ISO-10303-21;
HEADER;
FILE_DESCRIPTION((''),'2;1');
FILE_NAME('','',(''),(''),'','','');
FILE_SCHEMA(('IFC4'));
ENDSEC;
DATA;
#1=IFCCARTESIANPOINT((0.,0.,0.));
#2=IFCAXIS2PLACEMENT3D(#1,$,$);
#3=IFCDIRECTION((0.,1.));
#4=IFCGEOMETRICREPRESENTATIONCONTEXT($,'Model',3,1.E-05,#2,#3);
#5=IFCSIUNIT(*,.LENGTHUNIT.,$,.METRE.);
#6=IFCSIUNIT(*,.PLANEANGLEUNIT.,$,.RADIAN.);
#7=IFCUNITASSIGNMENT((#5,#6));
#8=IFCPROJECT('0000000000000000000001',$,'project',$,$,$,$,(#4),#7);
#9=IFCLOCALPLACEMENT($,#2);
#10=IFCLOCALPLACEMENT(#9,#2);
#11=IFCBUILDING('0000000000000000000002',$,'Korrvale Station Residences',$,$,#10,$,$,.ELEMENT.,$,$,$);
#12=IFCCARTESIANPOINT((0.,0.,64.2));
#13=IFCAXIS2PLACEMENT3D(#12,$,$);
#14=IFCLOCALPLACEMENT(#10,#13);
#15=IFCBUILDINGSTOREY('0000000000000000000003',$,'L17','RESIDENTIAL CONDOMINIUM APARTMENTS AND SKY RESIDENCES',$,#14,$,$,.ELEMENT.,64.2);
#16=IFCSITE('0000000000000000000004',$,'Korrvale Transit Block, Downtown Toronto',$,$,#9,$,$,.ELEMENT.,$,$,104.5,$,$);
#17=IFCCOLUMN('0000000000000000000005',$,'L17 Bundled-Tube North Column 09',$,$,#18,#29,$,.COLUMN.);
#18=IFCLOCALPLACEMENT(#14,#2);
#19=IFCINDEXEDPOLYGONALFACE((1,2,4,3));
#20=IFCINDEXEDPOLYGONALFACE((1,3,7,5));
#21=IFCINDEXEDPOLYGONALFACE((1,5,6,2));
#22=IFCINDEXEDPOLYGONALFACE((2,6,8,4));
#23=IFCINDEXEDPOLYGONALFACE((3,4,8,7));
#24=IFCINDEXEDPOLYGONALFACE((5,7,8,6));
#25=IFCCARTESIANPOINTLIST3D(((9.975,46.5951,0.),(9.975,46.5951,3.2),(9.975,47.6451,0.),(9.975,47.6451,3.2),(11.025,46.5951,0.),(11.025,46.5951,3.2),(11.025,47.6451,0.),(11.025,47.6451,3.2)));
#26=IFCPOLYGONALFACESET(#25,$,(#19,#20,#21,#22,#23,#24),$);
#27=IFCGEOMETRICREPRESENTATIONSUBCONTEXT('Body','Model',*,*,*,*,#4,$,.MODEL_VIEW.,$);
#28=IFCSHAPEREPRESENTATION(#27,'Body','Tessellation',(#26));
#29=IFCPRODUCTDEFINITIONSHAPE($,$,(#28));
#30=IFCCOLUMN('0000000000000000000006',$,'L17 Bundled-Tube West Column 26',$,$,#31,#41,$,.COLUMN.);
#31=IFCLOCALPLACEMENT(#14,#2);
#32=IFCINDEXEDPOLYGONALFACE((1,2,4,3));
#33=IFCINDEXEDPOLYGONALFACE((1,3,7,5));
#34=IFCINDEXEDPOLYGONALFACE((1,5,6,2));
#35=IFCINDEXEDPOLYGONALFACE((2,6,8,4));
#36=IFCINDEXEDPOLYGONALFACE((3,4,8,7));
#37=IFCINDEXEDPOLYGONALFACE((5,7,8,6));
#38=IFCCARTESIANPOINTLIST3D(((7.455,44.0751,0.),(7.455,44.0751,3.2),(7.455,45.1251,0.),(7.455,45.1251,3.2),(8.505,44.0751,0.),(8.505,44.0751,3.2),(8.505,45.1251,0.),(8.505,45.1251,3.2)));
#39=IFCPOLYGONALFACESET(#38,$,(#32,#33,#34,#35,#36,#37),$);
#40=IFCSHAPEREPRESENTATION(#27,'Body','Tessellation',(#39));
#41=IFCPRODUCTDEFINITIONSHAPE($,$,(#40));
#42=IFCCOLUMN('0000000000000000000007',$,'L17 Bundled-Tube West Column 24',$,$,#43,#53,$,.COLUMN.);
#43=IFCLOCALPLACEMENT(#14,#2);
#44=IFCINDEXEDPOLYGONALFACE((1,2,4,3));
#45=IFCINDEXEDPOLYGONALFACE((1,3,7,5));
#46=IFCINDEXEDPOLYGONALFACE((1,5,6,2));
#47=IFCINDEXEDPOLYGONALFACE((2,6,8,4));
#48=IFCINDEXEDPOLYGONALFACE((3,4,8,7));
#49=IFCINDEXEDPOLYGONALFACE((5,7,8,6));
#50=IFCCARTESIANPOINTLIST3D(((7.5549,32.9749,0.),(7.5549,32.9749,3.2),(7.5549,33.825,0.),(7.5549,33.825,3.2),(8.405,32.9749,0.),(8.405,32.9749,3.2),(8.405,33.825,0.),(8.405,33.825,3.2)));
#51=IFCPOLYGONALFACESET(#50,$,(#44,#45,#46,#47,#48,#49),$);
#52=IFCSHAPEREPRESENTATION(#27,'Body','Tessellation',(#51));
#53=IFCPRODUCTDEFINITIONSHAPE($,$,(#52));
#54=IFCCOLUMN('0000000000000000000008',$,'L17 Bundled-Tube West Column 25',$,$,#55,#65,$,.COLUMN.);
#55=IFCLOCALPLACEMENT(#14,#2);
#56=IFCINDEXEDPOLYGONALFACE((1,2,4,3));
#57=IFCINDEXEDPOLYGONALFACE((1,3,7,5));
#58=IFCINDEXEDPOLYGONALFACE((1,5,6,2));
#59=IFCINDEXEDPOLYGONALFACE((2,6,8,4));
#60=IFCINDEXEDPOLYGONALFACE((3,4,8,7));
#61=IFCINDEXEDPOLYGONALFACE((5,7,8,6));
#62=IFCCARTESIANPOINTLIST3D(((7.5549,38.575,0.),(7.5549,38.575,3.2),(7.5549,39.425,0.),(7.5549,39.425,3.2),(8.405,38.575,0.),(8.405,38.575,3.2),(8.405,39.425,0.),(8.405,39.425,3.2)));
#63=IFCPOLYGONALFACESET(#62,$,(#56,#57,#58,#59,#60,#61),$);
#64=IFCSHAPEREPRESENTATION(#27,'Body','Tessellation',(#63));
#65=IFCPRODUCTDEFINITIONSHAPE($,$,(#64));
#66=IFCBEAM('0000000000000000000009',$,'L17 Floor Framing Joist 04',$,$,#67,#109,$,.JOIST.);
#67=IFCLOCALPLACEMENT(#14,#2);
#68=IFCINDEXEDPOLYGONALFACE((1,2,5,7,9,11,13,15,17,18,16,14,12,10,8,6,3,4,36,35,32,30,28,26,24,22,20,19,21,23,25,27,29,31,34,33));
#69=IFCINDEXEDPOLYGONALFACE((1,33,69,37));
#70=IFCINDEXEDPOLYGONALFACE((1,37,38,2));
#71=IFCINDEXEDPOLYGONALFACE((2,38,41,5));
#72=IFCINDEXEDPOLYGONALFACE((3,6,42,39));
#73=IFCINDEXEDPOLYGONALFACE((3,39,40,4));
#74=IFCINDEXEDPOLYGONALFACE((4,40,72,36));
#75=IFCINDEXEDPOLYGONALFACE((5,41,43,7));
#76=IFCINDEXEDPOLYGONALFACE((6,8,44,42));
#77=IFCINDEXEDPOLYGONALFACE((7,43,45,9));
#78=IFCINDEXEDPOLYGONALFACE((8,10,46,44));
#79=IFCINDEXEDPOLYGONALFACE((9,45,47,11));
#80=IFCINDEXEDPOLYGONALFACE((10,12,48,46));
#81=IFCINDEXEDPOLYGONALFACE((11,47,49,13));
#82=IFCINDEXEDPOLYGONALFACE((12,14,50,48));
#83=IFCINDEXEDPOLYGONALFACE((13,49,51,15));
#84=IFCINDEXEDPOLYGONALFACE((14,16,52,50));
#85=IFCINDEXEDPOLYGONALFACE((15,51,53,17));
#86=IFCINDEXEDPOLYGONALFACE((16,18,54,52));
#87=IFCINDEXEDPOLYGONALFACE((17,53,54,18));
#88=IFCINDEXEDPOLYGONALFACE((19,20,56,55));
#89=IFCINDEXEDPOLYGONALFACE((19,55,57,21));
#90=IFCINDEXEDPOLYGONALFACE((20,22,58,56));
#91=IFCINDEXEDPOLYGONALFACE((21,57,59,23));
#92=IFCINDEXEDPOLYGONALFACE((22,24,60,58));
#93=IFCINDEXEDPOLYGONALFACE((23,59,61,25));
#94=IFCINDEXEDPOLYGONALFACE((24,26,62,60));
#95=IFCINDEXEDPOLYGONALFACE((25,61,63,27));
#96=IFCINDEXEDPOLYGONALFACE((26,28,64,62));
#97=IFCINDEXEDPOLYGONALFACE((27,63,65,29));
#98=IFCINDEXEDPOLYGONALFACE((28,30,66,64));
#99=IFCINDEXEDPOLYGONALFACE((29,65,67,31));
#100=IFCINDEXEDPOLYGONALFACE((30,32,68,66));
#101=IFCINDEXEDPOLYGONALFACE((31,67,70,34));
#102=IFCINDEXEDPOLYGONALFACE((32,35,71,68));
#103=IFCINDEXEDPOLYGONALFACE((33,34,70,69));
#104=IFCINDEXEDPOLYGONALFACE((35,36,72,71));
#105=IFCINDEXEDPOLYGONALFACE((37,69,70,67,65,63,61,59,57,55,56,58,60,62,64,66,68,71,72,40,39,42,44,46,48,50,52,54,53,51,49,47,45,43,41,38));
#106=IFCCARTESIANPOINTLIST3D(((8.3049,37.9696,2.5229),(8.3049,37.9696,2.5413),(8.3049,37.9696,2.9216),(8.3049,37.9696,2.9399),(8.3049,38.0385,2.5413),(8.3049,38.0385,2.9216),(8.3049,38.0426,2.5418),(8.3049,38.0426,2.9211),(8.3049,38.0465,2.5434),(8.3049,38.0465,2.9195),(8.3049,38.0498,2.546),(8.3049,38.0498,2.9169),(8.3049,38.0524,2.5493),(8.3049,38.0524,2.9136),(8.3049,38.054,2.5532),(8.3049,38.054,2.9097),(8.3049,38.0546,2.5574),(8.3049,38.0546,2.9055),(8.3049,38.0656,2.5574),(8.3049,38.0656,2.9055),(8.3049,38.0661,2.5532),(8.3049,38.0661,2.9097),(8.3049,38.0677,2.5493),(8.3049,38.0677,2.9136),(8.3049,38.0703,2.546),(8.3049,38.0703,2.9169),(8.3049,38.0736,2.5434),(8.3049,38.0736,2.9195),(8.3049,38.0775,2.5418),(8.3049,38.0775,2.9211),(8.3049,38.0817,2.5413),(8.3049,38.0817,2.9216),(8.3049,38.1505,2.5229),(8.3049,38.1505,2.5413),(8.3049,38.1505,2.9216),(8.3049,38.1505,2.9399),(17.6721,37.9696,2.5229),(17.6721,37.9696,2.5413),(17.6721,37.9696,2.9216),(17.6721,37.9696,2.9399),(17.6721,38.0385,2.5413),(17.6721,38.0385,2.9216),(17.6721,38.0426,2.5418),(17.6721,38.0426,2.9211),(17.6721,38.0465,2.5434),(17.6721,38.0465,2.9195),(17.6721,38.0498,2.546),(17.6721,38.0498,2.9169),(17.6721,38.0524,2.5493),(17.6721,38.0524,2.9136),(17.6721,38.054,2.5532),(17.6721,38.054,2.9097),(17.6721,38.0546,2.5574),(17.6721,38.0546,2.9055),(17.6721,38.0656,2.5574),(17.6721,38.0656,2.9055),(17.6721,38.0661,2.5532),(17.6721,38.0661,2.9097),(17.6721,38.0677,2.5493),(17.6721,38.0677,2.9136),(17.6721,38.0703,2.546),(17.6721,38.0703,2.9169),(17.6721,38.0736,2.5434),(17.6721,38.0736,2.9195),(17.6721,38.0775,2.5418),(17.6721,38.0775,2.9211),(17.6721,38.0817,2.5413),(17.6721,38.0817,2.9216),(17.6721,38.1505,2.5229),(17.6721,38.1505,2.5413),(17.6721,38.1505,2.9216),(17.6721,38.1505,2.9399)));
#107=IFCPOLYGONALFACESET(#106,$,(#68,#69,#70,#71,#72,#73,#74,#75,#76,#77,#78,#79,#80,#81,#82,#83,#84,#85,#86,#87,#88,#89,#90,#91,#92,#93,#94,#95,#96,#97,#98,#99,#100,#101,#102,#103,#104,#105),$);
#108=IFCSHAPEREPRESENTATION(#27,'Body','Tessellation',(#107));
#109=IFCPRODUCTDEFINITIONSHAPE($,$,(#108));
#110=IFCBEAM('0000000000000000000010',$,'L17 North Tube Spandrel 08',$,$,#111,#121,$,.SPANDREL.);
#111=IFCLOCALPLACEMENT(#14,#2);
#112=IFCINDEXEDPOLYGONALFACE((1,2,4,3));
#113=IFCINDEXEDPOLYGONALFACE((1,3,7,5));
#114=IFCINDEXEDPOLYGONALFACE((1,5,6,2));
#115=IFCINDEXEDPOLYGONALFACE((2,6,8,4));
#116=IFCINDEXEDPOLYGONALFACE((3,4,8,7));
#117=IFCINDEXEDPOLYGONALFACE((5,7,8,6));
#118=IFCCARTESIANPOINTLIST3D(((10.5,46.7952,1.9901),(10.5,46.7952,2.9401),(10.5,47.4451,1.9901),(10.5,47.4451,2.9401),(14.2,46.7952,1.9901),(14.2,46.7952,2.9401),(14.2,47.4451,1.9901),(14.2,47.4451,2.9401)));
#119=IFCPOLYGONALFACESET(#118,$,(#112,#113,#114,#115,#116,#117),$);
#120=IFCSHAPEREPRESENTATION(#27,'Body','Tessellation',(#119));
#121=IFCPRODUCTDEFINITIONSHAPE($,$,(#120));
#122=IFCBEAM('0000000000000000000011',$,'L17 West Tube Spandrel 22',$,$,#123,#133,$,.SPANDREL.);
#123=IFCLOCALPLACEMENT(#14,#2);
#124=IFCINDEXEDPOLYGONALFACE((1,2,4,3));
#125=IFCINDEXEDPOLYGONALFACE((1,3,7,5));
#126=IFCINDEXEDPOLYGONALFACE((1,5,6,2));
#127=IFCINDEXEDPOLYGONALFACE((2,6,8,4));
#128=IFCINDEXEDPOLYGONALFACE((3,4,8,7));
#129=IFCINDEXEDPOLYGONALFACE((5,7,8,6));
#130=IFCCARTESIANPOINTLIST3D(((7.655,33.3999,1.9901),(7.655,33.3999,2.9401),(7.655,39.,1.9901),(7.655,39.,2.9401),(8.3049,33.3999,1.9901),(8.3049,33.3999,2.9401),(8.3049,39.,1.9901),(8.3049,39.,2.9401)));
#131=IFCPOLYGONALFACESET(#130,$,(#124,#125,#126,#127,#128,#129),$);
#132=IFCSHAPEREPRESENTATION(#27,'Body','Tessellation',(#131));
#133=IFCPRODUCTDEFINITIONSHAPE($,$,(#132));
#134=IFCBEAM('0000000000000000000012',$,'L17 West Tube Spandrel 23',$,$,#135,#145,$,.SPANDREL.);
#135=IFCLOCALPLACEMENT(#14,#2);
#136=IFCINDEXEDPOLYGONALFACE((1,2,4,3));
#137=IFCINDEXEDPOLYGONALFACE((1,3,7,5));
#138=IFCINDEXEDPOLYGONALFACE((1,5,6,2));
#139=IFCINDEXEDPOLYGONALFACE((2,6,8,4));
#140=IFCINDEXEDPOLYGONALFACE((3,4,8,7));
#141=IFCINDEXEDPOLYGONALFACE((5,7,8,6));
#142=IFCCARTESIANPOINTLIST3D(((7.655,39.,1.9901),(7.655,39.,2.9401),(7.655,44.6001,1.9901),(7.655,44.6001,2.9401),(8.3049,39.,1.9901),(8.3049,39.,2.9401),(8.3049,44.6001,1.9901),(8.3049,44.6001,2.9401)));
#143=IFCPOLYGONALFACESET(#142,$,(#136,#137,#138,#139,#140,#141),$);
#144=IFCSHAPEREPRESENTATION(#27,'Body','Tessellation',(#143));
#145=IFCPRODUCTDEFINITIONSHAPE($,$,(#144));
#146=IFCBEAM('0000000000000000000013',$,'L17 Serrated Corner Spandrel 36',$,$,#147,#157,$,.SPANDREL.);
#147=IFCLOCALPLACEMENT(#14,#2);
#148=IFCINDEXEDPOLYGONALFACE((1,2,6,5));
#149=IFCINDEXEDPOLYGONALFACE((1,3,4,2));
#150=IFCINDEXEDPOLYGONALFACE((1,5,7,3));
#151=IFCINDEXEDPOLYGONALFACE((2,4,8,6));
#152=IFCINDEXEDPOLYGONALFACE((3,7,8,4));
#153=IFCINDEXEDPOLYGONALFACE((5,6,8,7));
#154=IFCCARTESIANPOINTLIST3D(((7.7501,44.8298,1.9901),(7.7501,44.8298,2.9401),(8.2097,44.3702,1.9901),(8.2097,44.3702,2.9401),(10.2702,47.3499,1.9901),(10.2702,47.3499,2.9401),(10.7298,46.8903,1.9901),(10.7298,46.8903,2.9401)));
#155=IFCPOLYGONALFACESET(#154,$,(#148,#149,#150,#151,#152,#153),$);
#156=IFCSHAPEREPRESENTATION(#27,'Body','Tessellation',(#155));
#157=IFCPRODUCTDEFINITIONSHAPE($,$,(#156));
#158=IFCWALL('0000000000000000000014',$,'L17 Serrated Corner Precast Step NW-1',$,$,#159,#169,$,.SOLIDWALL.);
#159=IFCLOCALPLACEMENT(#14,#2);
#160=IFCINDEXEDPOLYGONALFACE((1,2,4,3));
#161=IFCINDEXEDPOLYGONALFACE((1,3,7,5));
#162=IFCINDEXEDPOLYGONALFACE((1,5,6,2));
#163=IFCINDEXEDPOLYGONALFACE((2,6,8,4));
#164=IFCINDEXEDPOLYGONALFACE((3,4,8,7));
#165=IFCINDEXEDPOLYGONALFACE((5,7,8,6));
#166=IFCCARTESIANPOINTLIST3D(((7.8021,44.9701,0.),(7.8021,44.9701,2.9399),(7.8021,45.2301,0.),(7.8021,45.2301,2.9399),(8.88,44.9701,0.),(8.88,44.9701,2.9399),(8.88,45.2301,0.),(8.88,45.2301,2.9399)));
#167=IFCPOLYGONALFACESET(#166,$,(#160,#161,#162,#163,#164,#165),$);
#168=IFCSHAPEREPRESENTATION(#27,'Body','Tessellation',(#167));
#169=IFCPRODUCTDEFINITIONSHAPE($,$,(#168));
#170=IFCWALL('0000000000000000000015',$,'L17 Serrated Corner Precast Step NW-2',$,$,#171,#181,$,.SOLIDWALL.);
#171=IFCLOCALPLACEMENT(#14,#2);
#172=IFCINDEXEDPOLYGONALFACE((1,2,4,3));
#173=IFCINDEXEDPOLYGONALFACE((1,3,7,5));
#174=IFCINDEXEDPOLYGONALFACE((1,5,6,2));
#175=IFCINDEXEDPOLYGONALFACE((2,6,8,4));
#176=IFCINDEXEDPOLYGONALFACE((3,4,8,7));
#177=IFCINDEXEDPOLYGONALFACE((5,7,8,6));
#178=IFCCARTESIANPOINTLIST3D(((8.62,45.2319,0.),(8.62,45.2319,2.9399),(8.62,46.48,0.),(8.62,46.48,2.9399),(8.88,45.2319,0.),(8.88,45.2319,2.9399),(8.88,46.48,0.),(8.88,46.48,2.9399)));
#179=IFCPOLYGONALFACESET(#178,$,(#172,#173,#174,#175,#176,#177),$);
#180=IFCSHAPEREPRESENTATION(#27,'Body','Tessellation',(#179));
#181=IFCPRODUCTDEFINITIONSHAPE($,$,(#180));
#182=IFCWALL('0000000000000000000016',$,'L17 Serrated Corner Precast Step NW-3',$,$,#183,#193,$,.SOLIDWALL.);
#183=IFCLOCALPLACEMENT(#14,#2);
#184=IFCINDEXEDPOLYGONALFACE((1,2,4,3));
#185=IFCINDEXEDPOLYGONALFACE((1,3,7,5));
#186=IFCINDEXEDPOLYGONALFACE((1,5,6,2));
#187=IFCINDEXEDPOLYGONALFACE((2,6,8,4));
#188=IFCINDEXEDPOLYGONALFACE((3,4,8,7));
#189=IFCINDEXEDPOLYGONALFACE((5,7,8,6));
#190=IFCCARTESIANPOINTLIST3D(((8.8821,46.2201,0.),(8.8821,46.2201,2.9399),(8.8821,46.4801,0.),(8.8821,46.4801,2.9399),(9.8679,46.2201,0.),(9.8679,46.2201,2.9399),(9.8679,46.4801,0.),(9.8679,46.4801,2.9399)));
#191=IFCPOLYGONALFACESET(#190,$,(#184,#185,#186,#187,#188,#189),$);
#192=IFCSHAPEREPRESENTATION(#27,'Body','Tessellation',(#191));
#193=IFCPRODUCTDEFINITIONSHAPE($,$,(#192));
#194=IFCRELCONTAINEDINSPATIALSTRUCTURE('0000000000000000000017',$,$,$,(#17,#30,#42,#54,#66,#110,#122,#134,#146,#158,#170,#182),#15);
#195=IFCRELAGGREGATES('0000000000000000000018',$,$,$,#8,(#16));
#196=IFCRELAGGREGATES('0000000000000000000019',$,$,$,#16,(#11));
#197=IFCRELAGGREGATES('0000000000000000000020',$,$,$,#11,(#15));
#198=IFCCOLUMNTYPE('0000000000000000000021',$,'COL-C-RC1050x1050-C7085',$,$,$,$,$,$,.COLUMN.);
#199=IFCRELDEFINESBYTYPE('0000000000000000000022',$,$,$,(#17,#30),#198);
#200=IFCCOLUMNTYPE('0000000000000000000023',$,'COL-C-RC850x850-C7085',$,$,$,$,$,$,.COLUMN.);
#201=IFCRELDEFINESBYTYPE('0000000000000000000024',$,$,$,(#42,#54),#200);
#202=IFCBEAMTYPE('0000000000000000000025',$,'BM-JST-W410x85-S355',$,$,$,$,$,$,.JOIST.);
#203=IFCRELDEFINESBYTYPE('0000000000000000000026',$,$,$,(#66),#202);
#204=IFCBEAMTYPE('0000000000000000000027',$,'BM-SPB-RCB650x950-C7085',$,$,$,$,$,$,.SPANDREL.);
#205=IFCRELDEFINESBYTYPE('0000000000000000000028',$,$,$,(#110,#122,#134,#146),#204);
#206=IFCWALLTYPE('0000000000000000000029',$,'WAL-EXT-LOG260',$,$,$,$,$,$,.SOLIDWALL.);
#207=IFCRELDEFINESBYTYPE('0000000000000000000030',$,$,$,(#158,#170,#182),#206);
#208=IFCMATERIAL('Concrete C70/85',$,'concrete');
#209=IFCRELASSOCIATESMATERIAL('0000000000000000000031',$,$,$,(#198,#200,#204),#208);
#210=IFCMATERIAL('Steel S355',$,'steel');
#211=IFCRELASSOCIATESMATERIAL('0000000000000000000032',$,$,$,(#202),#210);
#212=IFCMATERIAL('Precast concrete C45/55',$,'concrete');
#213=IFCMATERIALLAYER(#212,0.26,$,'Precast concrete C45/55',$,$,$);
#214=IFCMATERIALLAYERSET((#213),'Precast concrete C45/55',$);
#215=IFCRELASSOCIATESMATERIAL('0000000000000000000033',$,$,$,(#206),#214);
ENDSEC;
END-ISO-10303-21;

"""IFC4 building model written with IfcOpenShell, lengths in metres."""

from ifc_helpers import new_model, si_unit, direction, frame, frame_2d, origin, origin_2d, place, context, subcontext, project, spatial, rectangle, i_section, extrude, material, layer, layer_set, material_profile, profile_set, type_object, element, save


model = new_model("IFC4")

# Units and contexts
model_context = context("Model", 3, precision=1e-05, world=origin(), true_north=direction((0.0, 1.0)))
body_context = subcontext(model_context, "Body", "Model", "MODEL_VIEW")
ifc_project = project(units=[si_unit("LENGTHUNIT", "METRE"), si_unit("PLANEANGLEUNIT", "RADIAN")], contexts=[model_context])

# Site, building, storey
site_placement = place(None, origin())
site = spatial("IfcSite", under=ifc_project, at=site_placement, Name="Korrvale Transit Block, Downtown Toronto", CompositionType="ELEMENT", RefElevation=104.5)
building_placement = place(site_placement, origin())
building = spatial("IfcBuilding", under=site, at=building_placement, Name="Korrvale Station Residences", CompositionType="ELEMENT")
storey_placement = place(building_placement, frame((0.0, 0.0, 64.2)))
storey = spatial("IfcBuildingStorey", under=building, at=storey_placement, Name="L17", Description="RESIDENTIAL CONDOMINIUM APARTMENTS AND SKY RESIDENCES", CompositionType="ELEMENT", Elevation=64.2)

# Columns
ifc_material_1 = material(Name="Concrete C70/85", Category="concrete")
ifc_material_profile_1 = material_profile(ifc_material_1, rectangle(XDim=1.05, YDim=1.05, at=origin_2d()), Name="RC1050x1050")
ifc_profile_set_1 = profile_set([ifc_material_profile_1], Name="Concrete C70/85")
column_type_1 = type_object("IfcColumnType", Name="COL-C-RC1050x1050-C7085", PredefinedType="COLUMN", material=ifc_profile_set_1)
for number, where, z_axis, x_axis, name in (
    (1, (10.5, 47.1201, 0.0), (0.0, 0.0, 1.0), (1.0, 0.0, 0.0), "L17 Bundled-Tube North Column 09"),
    (2, (7.98, 44.6001, 0.0), (0.0, 0.0, 1.0), (1.0, 0.0, 0.0), "L17 Bundled-Tube West Column 26"),
):
    element("IfcColumn", number, at=place(storey_placement, frame(where, z_axis=z_axis, x_axis=x_axis)), inside=storey, type_object=column_type_1, Name=name, PredefinedType="COLUMN", context=body_context, shape_type="SweptSolid", body=[
        extrude(rectangle(XDim=1.05, YDim=1.05, at=origin_2d()), origin(), (0.0, 0.0, 1.0), 3.2),
    ])
ifc_material_profile_2 = material_profile(ifc_material_1, rectangle(XDim=0.8501, YDim=0.8501, at=origin_2d()), Name="RC850x850")
ifc_profile_set_2 = profile_set([ifc_material_profile_2], Name="Concrete C70/85")
column_type_2 = type_object("IfcColumnType", Name="COL-C-RC850x850-C7085", PredefinedType="COLUMN", material=ifc_profile_set_2)
for number, where, z_axis, x_axis, name in (
    (3, (7.98, 33.3999, 0.0), (0.0, 0.0, 1.0), (1.0, 0.0, 0.0), "L17 Bundled-Tube West Column 24"),
    (4, (7.98, 39.0, 0.0), (0.0, 0.0, 1.0), (1.0, 0.0, 0.0), "L17 Bundled-Tube West Column 25"),
):
    element("IfcColumn", number, at=place(storey_placement, frame(where, z_axis=z_axis, x_axis=x_axis)), inside=storey, type_object=column_type_2, Name=name, PredefinedType="COLUMN", context=body_context, shape_type="SweptSolid", body=[
        extrude(rectangle(XDim=0.8501, YDim=0.8501, at=origin_2d()), origin(), (0.0, 0.0, 1.0), 3.2),
    ])

# Beams
ifc_material_2 = material(Name="Steel S355", Category="steel")
ifc_material_profile_3 = material_profile(ifc_material_2, i_section(OverallWidth=0.1809, OverallDepth=0.417, WebThickness=0.011, FlangeThickness=0.0183, FilletRadius=0.0161, at=origin_2d()), Name="W410x85")
ifc_profile_set_3 = profile_set([ifc_material_profile_3], Name="Steel S355")
beam_type_1 = type_object("IfcBeamType", Name="BM-JST-W410x85-S355", PredefinedType="JOIST", material=ifc_profile_set_3)
beam_1_placement = place(storey_placement, frame((8.3049, 38.0601, 2.7314), z_axis=(1.0, 0.0, 0.0), x_axis=(0.0, 1.0, 0.0)))
element("IfcBeam", 5, at=beam_1_placement, inside=storey, type_object=beam_type_1, Name="L17 Floor Framing Joist 04", PredefinedType="JOIST", context=body_context, shape_type="SweptSolid", body=[
    extrude(i_section(OverallWidth=0.1809, OverallDepth=0.417, WebThickness=0.011, FlangeThickness=0.0183, FilletRadius=0.0161, at=origin_2d()), origin(), (0.0, 0.0, 1.0), 9.3672),
])
ifc_material_profile_4 = material_profile(ifc_material_1, rectangle(XDim=0.6499, YDim=0.95, at=origin_2d()), Name="RCB650x950")
ifc_profile_set_4 = profile_set([ifc_material_profile_4], Name="Concrete C70/85")
beam_type_2 = type_object("IfcBeamType", Name="BM-SPB-RCB650x950-C7085", PredefinedType="SPANDREL", material=ifc_profile_set_4)
beam_2_placement = place(storey_placement, frame((10.5, 47.1201, 2.4651), z_axis=(1.0, 0.0, 0.0), x_axis=(0.0, 1.0, 0.0)))
element("IfcBeam", 6, at=beam_2_placement, inside=storey, type_object=beam_type_2, Name="L17 North Tube Spandrel 08", PredefinedType="SPANDREL", context=body_context, shape_type="SweptSolid", body=[
    extrude(rectangle(XDim=0.6499, YDim=0.95, at=origin_2d()), origin(), (0.0, 0.0, 1.0), 3.7),
])
for number, where, z_axis, x_axis, name in (
    (7, (7.98, 33.3999, 2.4651), (0.0, 1.0, 0.0), (-1.0, 0.0, 0.0), "L17 West Tube Spandrel 22"),
    (8, (7.98, 39.0, 2.4651), (0.0, 1.0, 0.0), (-1.0, 0.0, 0.0), "L17 West Tube Spandrel 23"),
):
    element("IfcBeam", number, at=place(storey_placement, frame(where, z_axis=z_axis, x_axis=x_axis)), inside=storey, type_object=beam_type_2, Name=name, PredefinedType="SPANDREL", context=body_context, shape_type="SweptSolid", body=[
        extrude(rectangle(XDim=0.6499, YDim=0.95, at=origin_2d()), origin(), (0.0, 0.0, 1.0), 5.6001),
    ])
beam_3_placement = place(storey_placement, frame((10.5, 47.1201, 2.4651), z_axis=(-0.707107, -0.707107, 0.0), x_axis=(0.707107, -0.707107, 0.0)))
element("IfcBeam", 9, at=beam_3_placement, inside=storey, type_object=beam_type_2, Name="L17 Serrated Corner Spandrel 36", PredefinedType="SPANDREL", context=body_context, shape_type="SweptSolid", body=[
    extrude(rectangle(XDim=0.6499, YDim=0.95, at=origin_2d()), origin(), (0.0, 0.0, 1.0), 3.564),
])

# Walls
ifc_material_3 = material(Name="Precast concrete C45/55", Category="concrete")
ifc_layer_1 = layer(ifc_material_3, 0.26, Name="Precast concrete C45/55")
ifc_layer_set_1 = layer_set([ifc_layer_1], Name="Precast concrete C45/55")
wall_type_1 = type_object("IfcWallType", Name="WAL-EXT-LOG260", PredefinedType="SOLIDWALL", material=ifc_layer_set_1)
wall_1_placement = place(storey_placement, frame((7.802, 45.1001, 0.0), z_axis=(0.0, 0.0, 1.0), x_axis=(1.0, 0.0, 0.0)))
element("IfcWall", 10, at=wall_1_placement, inside=storey, type_object=wall_type_1, Name="L17 Serrated Corner Precast Step NW-1", PredefinedType="SOLIDWALL", context=body_context, shape_type="SweptSolid", body=[
    extrude(rectangle(XDim=1.0779, YDim=0.26, at=frame_2d((0.5391, 0.0))), origin(), (0.0, 0.0, 1.0), 2.9399),
])
wall_2_placement = place(storey_placement, frame((8.75, 45.2319, 0.0), z_axis=(0.0, 0.0, 1.0), x_axis=(0.0, 1.0, 0.0)))
element("IfcWall", 11, at=wall_2_placement, inside=storey, type_object=wall_type_1, Name="L17 Serrated Corner Precast Step NW-2", PredefinedType="SOLIDWALL", context=body_context, shape_type="SweptSolid", body=[
    extrude(rectangle(XDim=1.248, YDim=0.26, at=frame_2d((0.624, 0.0))), origin(), (0.0, 0.0, 1.0), 2.9399),
])
wall_3_placement = place(storey_placement, frame((8.8821, 46.3501, 0.0), z_axis=(0.0, 0.0, 1.0), x_axis=(1.0, 0.0, 0.0)))
element("IfcWall", 12, at=wall_3_placement, inside=storey, type_object=wall_type_1, Name="L17 Serrated Corner Precast Step NW-3", PredefinedType="SOLIDWALL", context=body_context, shape_type="SweptSolid", body=[
    extrude(rectangle(XDim=0.9858, YDim=0.26, at=frame_2d((0.4929, 0.0))), origin(), (0.0, 0.0, 1.0), 2.9399),
])

save(model, "model.ifc")
